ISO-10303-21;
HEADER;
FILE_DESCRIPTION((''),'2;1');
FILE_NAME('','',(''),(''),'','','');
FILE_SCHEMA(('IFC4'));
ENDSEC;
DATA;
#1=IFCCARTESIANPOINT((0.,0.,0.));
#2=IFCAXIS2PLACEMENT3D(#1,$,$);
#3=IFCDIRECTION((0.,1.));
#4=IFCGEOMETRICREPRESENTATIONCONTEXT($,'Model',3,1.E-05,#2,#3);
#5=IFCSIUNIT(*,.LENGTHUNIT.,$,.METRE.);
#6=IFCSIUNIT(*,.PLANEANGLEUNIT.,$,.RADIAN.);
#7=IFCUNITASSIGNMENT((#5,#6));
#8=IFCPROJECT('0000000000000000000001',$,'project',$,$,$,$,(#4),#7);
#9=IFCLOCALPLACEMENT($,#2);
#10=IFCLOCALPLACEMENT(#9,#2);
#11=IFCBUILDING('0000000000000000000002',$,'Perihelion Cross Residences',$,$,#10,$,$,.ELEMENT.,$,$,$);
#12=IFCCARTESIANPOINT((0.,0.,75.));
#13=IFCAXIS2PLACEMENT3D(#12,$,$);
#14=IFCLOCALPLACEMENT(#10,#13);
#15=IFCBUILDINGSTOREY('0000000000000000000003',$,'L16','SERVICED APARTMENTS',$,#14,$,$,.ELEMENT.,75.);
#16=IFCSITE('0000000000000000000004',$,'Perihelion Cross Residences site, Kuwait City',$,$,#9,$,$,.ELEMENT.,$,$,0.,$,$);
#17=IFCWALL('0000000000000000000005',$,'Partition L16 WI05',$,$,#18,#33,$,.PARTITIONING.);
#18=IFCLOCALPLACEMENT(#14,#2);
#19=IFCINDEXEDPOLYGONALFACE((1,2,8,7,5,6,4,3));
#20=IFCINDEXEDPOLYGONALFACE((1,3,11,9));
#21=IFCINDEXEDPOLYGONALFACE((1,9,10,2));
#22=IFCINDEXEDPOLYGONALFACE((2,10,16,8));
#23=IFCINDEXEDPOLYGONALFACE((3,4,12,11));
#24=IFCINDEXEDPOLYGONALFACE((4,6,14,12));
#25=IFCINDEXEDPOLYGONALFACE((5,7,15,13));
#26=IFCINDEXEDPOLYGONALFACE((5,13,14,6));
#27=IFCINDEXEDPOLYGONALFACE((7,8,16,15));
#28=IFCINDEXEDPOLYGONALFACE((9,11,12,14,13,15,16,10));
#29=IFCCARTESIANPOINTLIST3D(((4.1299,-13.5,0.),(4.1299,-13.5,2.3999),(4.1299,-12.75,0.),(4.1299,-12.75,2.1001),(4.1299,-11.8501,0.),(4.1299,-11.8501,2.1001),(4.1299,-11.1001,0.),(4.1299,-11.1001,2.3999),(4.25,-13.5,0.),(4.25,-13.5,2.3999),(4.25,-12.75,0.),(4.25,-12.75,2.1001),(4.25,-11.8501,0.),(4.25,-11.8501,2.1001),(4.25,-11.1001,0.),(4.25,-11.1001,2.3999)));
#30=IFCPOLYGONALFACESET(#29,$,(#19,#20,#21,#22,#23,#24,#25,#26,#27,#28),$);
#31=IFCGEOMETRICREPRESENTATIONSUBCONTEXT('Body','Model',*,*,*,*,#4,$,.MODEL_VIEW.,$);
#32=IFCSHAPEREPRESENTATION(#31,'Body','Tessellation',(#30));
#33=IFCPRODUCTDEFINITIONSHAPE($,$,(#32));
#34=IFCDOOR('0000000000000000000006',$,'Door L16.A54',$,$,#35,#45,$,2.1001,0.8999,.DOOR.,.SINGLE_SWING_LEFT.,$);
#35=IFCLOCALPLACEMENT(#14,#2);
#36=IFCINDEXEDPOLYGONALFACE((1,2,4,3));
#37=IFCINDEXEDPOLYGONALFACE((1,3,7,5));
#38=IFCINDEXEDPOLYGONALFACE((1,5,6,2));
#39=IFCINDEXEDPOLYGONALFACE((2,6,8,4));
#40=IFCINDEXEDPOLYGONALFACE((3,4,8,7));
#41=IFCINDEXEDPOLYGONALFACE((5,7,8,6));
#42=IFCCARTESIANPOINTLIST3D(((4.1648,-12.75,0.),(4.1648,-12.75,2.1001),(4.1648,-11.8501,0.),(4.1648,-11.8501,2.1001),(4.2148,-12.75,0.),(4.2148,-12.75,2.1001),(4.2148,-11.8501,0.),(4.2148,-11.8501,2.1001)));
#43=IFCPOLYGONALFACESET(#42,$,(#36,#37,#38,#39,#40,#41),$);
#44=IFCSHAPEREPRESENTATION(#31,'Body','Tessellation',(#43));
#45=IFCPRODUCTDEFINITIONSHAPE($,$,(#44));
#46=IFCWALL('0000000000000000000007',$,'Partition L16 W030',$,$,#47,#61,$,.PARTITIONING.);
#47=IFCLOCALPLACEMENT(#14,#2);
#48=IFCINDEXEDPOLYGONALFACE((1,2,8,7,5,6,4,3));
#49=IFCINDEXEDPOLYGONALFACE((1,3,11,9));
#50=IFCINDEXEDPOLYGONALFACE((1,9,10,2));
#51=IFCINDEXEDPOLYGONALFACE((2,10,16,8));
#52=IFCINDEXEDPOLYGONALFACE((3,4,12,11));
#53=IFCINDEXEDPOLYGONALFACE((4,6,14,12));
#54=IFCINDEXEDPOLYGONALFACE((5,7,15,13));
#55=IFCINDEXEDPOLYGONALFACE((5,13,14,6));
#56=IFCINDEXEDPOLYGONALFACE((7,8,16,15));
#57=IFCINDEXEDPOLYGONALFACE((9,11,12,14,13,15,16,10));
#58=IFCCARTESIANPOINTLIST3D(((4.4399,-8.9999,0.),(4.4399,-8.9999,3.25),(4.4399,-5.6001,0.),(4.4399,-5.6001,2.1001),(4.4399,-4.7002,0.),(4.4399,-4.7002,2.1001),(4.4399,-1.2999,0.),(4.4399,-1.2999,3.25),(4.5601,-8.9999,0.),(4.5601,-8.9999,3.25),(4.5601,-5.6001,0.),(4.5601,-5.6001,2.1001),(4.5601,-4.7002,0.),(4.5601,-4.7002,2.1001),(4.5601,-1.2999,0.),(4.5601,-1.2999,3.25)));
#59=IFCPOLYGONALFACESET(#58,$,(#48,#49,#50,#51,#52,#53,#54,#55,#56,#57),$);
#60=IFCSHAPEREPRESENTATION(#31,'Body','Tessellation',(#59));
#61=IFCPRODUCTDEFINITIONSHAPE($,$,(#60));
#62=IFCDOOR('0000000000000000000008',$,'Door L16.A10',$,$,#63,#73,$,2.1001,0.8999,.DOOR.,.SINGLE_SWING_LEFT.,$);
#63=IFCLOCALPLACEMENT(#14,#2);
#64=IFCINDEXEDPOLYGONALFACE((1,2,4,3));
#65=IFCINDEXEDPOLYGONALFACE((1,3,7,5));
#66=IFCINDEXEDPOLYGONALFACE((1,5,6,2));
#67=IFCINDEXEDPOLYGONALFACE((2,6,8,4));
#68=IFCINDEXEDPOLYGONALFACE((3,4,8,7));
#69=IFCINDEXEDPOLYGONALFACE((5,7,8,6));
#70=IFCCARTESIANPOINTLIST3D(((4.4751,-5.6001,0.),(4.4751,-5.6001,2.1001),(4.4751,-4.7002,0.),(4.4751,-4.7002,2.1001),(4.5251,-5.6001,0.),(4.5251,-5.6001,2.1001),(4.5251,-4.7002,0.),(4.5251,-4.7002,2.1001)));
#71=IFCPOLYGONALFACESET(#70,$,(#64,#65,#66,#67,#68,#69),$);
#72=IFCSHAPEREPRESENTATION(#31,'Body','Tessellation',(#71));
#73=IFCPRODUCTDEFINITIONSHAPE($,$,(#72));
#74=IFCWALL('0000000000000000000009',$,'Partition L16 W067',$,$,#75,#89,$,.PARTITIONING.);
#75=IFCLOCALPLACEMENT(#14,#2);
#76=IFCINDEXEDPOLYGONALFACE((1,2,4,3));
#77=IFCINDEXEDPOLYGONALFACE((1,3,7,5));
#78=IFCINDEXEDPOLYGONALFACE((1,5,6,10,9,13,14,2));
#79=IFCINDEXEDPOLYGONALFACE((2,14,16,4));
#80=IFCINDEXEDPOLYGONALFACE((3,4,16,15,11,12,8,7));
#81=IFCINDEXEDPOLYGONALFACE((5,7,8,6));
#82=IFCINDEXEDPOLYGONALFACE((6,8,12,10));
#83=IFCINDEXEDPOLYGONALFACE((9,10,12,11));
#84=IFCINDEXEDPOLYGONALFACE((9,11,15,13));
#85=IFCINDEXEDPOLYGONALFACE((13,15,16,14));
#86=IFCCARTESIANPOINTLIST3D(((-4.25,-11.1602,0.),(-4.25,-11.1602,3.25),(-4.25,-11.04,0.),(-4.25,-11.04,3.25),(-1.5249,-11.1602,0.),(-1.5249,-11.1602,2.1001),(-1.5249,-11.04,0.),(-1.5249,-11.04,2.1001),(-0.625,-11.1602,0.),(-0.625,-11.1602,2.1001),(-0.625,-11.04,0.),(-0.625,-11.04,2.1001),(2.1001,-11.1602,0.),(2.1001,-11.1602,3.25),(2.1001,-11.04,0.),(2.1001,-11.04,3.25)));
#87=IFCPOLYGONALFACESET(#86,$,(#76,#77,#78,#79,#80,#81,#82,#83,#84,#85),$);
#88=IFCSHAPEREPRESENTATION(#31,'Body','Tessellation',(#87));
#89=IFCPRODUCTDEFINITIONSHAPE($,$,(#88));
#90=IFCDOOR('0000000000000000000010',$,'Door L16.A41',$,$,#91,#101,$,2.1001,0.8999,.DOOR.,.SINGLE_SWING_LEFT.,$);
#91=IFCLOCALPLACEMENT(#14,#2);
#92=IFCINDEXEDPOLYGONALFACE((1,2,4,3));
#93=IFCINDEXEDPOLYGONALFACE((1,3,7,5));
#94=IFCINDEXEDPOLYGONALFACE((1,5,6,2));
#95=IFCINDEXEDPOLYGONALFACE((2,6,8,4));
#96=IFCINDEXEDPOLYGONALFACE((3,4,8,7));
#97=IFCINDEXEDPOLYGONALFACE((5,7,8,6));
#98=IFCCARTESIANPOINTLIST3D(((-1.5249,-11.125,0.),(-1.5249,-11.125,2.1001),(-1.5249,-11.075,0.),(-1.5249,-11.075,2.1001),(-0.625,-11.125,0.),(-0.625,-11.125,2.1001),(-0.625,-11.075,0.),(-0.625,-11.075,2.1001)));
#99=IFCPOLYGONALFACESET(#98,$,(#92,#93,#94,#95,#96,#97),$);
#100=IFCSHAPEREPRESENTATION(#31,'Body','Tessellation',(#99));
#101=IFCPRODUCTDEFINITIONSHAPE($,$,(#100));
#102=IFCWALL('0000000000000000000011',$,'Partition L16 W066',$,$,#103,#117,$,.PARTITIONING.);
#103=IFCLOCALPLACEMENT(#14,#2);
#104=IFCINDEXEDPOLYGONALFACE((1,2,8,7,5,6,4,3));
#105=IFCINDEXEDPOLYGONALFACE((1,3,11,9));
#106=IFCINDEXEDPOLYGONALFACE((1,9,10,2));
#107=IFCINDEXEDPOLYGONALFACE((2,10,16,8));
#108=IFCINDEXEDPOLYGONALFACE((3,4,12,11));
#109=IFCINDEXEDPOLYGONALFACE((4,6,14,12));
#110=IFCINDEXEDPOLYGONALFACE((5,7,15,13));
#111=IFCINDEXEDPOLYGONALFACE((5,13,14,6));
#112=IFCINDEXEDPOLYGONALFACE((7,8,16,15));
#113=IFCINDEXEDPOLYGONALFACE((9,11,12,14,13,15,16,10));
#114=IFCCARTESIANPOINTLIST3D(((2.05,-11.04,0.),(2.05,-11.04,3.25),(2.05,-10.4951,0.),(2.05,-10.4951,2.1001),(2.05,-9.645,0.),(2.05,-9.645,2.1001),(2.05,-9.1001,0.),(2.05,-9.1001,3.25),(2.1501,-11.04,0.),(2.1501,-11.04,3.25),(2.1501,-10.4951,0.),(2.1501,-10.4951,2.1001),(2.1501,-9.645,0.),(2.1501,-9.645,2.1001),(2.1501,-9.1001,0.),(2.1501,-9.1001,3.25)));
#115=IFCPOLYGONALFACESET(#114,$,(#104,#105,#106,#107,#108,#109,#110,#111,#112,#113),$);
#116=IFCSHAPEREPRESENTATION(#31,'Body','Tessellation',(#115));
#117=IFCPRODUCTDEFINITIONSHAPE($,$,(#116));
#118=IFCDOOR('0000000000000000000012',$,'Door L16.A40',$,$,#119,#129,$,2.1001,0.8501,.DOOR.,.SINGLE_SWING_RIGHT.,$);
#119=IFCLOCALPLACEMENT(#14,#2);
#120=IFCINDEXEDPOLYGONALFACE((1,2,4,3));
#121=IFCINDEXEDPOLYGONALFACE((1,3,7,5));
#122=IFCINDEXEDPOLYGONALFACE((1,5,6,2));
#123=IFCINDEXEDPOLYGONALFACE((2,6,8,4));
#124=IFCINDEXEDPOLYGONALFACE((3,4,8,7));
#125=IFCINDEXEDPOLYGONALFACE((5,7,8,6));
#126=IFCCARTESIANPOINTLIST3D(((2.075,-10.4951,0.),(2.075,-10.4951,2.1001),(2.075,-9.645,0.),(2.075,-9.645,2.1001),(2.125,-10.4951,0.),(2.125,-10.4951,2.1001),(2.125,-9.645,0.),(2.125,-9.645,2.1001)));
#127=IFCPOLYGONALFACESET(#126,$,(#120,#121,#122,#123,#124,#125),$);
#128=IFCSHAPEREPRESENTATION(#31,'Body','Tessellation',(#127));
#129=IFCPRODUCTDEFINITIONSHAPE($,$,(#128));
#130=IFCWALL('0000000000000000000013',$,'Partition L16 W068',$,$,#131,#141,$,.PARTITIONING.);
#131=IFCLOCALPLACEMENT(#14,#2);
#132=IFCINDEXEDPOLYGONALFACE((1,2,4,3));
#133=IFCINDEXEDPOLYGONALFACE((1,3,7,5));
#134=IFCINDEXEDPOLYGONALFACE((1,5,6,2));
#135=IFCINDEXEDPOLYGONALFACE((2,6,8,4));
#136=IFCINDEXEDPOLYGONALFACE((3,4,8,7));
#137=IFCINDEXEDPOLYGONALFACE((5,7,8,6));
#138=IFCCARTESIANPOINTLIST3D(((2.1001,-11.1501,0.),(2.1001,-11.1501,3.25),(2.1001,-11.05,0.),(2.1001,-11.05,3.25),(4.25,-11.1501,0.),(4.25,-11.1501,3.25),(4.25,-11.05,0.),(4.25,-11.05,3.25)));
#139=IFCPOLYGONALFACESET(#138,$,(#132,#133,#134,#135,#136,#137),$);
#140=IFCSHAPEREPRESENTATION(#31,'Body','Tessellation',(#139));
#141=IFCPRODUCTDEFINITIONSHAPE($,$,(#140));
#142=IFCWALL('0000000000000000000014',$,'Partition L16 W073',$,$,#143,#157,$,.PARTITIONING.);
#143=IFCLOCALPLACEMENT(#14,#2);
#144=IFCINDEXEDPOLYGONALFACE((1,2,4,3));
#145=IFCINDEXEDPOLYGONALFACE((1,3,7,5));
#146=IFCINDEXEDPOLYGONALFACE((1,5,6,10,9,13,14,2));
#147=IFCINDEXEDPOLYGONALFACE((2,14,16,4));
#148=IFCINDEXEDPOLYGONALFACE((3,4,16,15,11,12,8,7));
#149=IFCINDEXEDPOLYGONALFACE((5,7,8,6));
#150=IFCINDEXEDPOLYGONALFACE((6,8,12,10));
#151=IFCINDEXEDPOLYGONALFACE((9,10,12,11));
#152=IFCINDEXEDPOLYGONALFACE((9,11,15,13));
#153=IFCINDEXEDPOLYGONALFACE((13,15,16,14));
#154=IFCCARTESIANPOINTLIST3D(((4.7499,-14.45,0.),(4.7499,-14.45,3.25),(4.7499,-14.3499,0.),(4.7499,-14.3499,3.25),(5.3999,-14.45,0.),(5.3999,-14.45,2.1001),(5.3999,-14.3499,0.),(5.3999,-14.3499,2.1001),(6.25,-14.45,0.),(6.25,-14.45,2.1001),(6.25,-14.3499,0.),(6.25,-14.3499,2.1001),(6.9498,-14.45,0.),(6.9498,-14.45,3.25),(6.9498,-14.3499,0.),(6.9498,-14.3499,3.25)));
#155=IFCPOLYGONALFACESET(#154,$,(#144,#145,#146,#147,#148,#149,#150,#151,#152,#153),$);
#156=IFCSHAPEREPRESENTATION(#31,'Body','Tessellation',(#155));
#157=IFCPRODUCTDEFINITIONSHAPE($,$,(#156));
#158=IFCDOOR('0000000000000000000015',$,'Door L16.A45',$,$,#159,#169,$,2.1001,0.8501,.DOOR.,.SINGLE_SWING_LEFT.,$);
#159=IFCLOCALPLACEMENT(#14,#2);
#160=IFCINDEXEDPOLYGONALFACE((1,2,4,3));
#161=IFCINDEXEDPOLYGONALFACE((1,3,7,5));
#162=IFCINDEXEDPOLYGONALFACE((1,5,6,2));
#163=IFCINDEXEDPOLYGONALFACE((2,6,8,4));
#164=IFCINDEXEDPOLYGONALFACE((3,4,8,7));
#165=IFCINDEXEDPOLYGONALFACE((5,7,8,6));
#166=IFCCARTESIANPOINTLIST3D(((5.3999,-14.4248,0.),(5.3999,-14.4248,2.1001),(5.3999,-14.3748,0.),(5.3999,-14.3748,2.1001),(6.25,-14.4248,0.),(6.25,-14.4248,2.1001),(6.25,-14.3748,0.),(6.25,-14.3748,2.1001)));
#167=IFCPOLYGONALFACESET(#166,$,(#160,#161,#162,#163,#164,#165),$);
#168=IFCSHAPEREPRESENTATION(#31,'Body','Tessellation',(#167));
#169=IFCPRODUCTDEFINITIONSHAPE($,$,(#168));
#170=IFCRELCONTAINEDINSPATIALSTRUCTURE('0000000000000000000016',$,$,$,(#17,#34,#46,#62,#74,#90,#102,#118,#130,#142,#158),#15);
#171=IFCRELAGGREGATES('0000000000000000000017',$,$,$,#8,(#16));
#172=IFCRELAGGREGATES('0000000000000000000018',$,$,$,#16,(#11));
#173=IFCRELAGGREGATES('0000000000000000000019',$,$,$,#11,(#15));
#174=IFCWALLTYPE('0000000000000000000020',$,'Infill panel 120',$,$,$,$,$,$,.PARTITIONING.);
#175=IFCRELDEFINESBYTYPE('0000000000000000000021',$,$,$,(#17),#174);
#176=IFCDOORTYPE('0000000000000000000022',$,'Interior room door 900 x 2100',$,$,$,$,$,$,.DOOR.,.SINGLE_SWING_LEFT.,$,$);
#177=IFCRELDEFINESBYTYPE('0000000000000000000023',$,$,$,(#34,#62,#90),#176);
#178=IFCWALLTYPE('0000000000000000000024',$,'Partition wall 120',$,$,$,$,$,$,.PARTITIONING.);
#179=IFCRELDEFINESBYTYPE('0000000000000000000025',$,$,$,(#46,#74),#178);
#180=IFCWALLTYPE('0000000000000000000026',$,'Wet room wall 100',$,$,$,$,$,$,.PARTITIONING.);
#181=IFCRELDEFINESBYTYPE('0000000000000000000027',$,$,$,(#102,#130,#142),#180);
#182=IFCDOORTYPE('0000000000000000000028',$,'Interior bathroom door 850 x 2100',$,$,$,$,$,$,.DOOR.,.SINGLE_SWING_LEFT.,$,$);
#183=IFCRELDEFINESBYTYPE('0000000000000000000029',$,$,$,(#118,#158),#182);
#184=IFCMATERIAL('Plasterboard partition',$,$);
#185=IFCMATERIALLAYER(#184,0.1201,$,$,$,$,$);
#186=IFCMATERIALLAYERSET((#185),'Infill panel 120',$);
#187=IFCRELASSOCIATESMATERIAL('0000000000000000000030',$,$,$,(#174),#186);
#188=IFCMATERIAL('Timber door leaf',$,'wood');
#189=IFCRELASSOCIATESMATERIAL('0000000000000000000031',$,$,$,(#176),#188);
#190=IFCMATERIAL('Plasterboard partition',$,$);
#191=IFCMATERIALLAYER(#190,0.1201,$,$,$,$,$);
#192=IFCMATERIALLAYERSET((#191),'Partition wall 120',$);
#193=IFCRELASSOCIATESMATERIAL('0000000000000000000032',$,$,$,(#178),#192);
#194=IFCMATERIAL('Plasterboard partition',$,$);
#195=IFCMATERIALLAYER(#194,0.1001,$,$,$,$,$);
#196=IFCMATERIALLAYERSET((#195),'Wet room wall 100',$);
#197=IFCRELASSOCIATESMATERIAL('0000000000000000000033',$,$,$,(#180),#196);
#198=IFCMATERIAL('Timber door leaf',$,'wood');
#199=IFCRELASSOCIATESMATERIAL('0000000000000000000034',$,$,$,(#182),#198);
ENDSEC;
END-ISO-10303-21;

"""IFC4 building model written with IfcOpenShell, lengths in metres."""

from ifc_helpers import new_model, si_unit, direction, frame, frame_2d, origin, place, context, subcontext, project, spatial, rectangle, extrude, material, layer, layer_set, type_object, element, fill, save


model = new_model("IFC4")

# Units and contexts
model_context = context("Model", 3, precision=1e-05, world=origin(), true_north=direction((0.0, 1.0)))
body_context = subcontext(model_context, "Body", "Model", "MODEL_VIEW")
ifc_project = project(units=[si_unit("LENGTHUNIT", "METRE"), si_unit("PLANEANGLEUNIT", "RADIAN")], contexts=[model_context])

# Site, building, storey
site_placement = place(None, origin())
site = spatial("IfcSite", under=ifc_project, at=site_placement, Name="Perihelion Cross Residences site, Kuwait City", CompositionType="ELEMENT", RefElevation=0.0)
building_placement = place(site_placement, origin())
building = spatial("IfcBuilding", under=site, at=building_placement, Name="Perihelion Cross Residences", CompositionType="ELEMENT")
storey_placement = place(building_placement, frame((0.0, 0.0, 75.0)))
storey = spatial("IfcBuildingStorey", under=building, at=storey_placement, Name="L16", Description="SERVICED APARTMENTS", CompositionType="ELEMENT", Elevation=75.0)

# Walls, openings, doors
ifc_material_1 = material(Name="Plasterboard partition")
ifc_layer_1 = layer(ifc_material_1, 0.1201)
ifc_layer_set_1 = layer_set([ifc_layer_1], Name="Infill panel 120")
wall_type_1 = type_object("IfcWallType", Name="Infill panel 120", PredefinedType="PARTITIONING", material=ifc_layer_set_1)
wall_1_placement = place(storey_placement, frame((4.1899, -11.1001, 0.0), z_axis=(0.0, 0.0, 1.0), x_axis=(0.0, -1.0, 0.0)))
wall_1 = element("IfcWall", 1, at=wall_1_placement, inside=storey, type_object=wall_type_1, Name="Partition L16 WI05", PredefinedType="PARTITIONING", context=body_context, shape_type="SweptSolid", body=[
    extrude(rectangle(XDim=2.3999, YDim=0.1201, at=frame_2d((1.2, 0.0))), origin(), (0.0, 0.0, 1.0), 2.3999),
])
opening_1_placement = place(wall_1_placement, frame((0.75, 0.0, 0.0)))
opening_1 = element("IfcOpeningElement", 2, at=opening_1_placement, cuts=wall_1, PredefinedType="OPENING", context=body_context, shape_type="SweptSolid", body=[
    extrude(rectangle(XDim=0.8999, YDim=2.1001, at=frame_2d((0.45, 1.05))), frame((0.0, 0.0701, 0.0), z_axis=(0.0, -1.0, 0.0), x_axis=(1.0, 0.0, 0.0)), (0.0, 0.0, 1.0), 0.1401),
])
ifc_material_2 = material(Name="Timber door leaf", Category="wood")
door_type_1 = type_object("IfcDoorType", Name="Interior room door 900 x 2100", OperationType="SINGLE_SWING_LEFT", PredefinedType="DOOR", material=ifc_material_2)
door_1_placement = place(opening_1_placement, origin())
door_1 = element("IfcDoor", 3, at=door_1_placement, inside=storey, type_object=door_type_1, Name="Door L16.A54", OperationType="SINGLE_SWING_LEFT", OverallHeight=2.1001, OverallWidth=0.8999, PredefinedType="DOOR", context=body_context, shape_type="SweptSolid", body=[
    extrude(rectangle(XDim=0.8999, YDim=2.1001, at=frame_2d((0.45, 1.05))), frame((0.0, 0.0249, 0.0), z_axis=(0.0, -1.0, 0.0), x_axis=(1.0, 0.0, 0.0)), (0.0, 0.0, 1.0), 0.05),
])
fill(opening_1, door_1)
ifc_material_3 = material(Name="Plasterboard partition")
ifc_layer_2 = layer(ifc_material_3, 0.1201)
ifc_layer_set_2 = layer_set([ifc_layer_2], Name="Partition wall 120")
wall_type_2 = type_object("IfcWallType", Name="Partition wall 120", PredefinedType="PARTITIONING", material=ifc_layer_set_2)
wall_2_placement = place(storey_placement, frame((4.5, -9.0, 0.0), z_axis=(0.0, 0.0, 1.0), x_axis=(0.0, 1.0, 0.0)))
wall_2 = element("IfcWall", 4, at=wall_2_placement, inside=storey, type_object=wall_type_2, Name="Partition L16 W030", PredefinedType="PARTITIONING", context=body_context, shape_type="SweptSolid", body=[
    extrude(rectangle(XDim=7.7, YDim=0.1201, at=frame_2d((3.8501, 0.0))), origin(), (0.0, 0.0, 1.0), 3.25),
])
opening_2_placement = place(wall_2_placement, frame((3.3999, 0.0, 0.0)))
opening_2 = element("IfcOpeningElement", 5, at=opening_2_placement, cuts=wall_2, PredefinedType="OPENING", context=body_context, shape_type="SweptSolid", body=[
    extrude(rectangle(XDim=0.8999, YDim=2.1001, at=frame_2d((0.45, 1.05))), frame((0.0, 0.0701, 0.0), z_axis=(0.0, -1.0, 0.0), x_axis=(1.0, 0.0, 0.0)), (0.0, 0.0, 1.0), 0.1401),
])
door_2_placement = place(opening_2_placement, origin())
door_2 = element("IfcDoor", 6, at=door_2_placement, inside=storey, type_object=door_type_1, Name="Door L16.A10", OperationType="SINGLE_SWING_LEFT", OverallHeight=2.1001, OverallWidth=0.8999, PredefinedType="DOOR", context=body_context, shape_type="SweptSolid", body=[
    extrude(rectangle(XDim=0.8999, YDim=2.1001, at=frame_2d((0.45, 1.05))), frame((0.0, 0.0249, 0.0), z_axis=(0.0, -1.0, 0.0), x_axis=(1.0, 0.0, 0.0)), (0.0, 0.0, 1.0), 0.05),
])
fill(opening_2, door_2)
wall_3_placement = place(storey_placement, frame((2.1001, -11.1001, 0.0), z_axis=(0.0, 0.0, 1.0), x_axis=(-1.0, 0.0, 0.0)))
wall_3 = element("IfcWall", 7, at=wall_3_placement, inside=storey, type_object=wall_type_2, Name="Partition L16 W067", PredefinedType="PARTITIONING", context=body_context, shape_type="SweptSolid", body=[
    extrude(rectangle(XDim=6.3501, YDim=0.1201, at=frame_2d((3.175, 0.0))), origin(), (0.0, 0.0, 1.0), 3.25),
])
opening_3_placement = place(wall_3_placement, frame((2.7251, 0.0, 0.0)))
opening_3 = element("IfcOpeningElement", 8, at=opening_3_placement, cuts=wall_3, PredefinedType="OPENING", context=body_context, shape_type="SweptSolid", body=[
    extrude(rectangle(XDim=0.8999, YDim=2.1001, at=frame_2d((0.45, 1.05))), frame((0.0, 0.0701, 0.0), z_axis=(0.0, -1.0, 0.0), x_axis=(1.0, 0.0, 0.0)), (0.0, 0.0, 1.0), 0.1401),
])
door_3_placement = place(opening_3_placement, origin())
door_3 = element("IfcDoor", 9, at=door_3_placement, inside=storey, type_object=door_type_1, Name="Door L16.A41", OperationType="SINGLE_SWING_LEFT", OverallHeight=2.1001, OverallWidth=0.8999, PredefinedType="DOOR", context=body_context, shape_type="SweptSolid", body=[
    extrude(rectangle(XDim=0.8999, YDim=2.1001, at=frame_2d((0.45, 1.05))), frame((0.0, 0.0249, 0.0), z_axis=(0.0, -1.0, 0.0), x_axis=(1.0, 0.0, 0.0)), (0.0, 0.0, 1.0), 0.05),
])
fill(opening_3, door_3)
ifc_material_4 = material(Name="Plasterboard partition")
ifc_layer_3 = layer(ifc_material_4, 0.1001)
ifc_layer_set_3 = layer_set([ifc_layer_3], Name="Wet room wall 100")
wall_type_3 = type_object("IfcWallType", Name="Wet room wall 100", PredefinedType="PARTITIONING", material=ifc_layer_set_3)
wall_4_placement = place(storey_placement, frame((2.1001, -9.1001, 0.0), z_axis=(0.0, 0.0, 1.0), x_axis=(0.0, -1.0, 0.0)))
wall_4 = element("IfcWall", 10, at=wall_4_placement, inside=storey, type_object=wall_type_3, Name="Partition L16 W066", PredefinedType="PARTITIONING", context=body_context, shape_type="SweptSolid", body=[
    extrude(rectangle(XDim=1.9399, YDim=0.1001, at=frame_2d((0.97, 0.0))), origin(), (0.0, 0.0, 1.0), 3.25),
])
opening_4_placement = place(wall_4_placement, frame((0.5449, 0.0, 0.0)))
opening_4 = element("IfcOpeningElement", 11, at=opening_4_placement, cuts=wall_4, PredefinedType="OPENING", context=body_context, shape_type="SweptSolid", body=[
    extrude(rectangle(XDim=0.8501, YDim=2.1001, at=frame_2d((0.425, 1.05))), frame((0.0, 0.0601, 0.0), z_axis=(0.0, -1.0, 0.0), x_axis=(1.0, 0.0, 0.0)), (0.0, 0.0, 1.0), 0.1201),
])
ifc_material_5 = material(Name="Timber door leaf", Category="wood")
door_type_2 = type_object("IfcDoorType", Name="Interior bathroom door 850 x 2100", OperationType="SINGLE_SWING_LEFT", PredefinedType="DOOR", material=ifc_material_5)
door_4_placement = place(opening_4_placement, origin())
door_4 = element("IfcDoor", 12, at=door_4_placement, inside=storey, type_object=door_type_2, Name="Door L16.A40", OperationType="SINGLE_SWING_RIGHT", OverallHeight=2.1001, OverallWidth=0.8501, PredefinedType="DOOR", context=body_context, shape_type="SweptSolid", body=[
    extrude(rectangle(XDim=0.8501, YDim=2.1001, at=frame_2d((0.425, 1.05))), frame((0.0, 0.0249, 0.0), z_axis=(0.0, -1.0, 0.0), x_axis=(1.0, 0.0, 0.0)), (0.0, 0.0, 1.0), 0.05),
])
fill(opening_4, door_4)

# Wall
wall_5_placement = place(storey_placement, frame((4.25, -11.1001, 0.0), z_axis=(0.0, 0.0, 1.0), x_axis=(-1.0, 0.0, 0.0)))
element("IfcWall", 13, at=wall_5_placement, inside=storey, type_object=wall_type_3, Name="Partition L16 W068", PredefinedType="PARTITIONING", context=body_context, shape_type="SweptSolid", body=[
    extrude(rectangle(XDim=2.1499, YDim=0.1001, at=frame_2d((1.075, 0.0))), origin(), (0.0, 0.0, 1.0), 3.25),
])

# Wall, opening, door
wall_6_placement = place(storey_placement, frame((6.95, -14.3999, 0.0), z_axis=(0.0, 0.0, 1.0), x_axis=(-1.0, 0.0, 0.0)))
wall_6 = element("IfcWall", 14, at=wall_6_placement, inside=storey, type_object=wall_type_3, Name="Partition L16 W073", PredefinedType="PARTITIONING", context=body_context, shape_type="SweptSolid", body=[
    extrude(rectangle(XDim=2.2, YDim=0.1001, at=frame_2d((1.1001, 0.0))), origin(), (0.0, 0.0, 1.0), 3.25),
])
opening_5_placement = place(wall_6_placement, frame((0.7, 0.0, 0.0)))
opening_5 = element("IfcOpeningElement", 15, at=opening_5_placement, cuts=wall_6, PredefinedType="OPENING", context=body_context, shape_type="SweptSolid", body=[
    extrude(rectangle(XDim=0.8501, YDim=2.1001, at=frame_2d((0.425, 1.05))), frame((0.0, 0.0601, 0.0), z_axis=(0.0, -1.0, 0.0), x_axis=(1.0, 0.0, 0.0)), (0.0, 0.0, 1.0), 0.1201),
])
door_5_placement = place(opening_5_placement, origin())
door_5 = element("IfcDoor", 16, at=door_5_placement, inside=storey, type_object=door_type_2, Name="Door L16.A45", OperationType="SINGLE_SWING_LEFT", OverallHeight=2.1001, OverallWidth=0.8501, PredefinedType="DOOR", context=body_context, shape_type="SweptSolid", body=[
    extrude(rectangle(XDim=0.8501, YDim=2.1001, at=frame_2d((0.425, 1.05))), frame((0.0, 0.0249, 0.0), z_axis=(0.0, -1.0, 0.0), x_axis=(1.0, 0.0, 0.0)), (0.0, 0.0, 1.0), 0.05),
])
fill(opening_5, door_5)

save(model, "model.ifc")
